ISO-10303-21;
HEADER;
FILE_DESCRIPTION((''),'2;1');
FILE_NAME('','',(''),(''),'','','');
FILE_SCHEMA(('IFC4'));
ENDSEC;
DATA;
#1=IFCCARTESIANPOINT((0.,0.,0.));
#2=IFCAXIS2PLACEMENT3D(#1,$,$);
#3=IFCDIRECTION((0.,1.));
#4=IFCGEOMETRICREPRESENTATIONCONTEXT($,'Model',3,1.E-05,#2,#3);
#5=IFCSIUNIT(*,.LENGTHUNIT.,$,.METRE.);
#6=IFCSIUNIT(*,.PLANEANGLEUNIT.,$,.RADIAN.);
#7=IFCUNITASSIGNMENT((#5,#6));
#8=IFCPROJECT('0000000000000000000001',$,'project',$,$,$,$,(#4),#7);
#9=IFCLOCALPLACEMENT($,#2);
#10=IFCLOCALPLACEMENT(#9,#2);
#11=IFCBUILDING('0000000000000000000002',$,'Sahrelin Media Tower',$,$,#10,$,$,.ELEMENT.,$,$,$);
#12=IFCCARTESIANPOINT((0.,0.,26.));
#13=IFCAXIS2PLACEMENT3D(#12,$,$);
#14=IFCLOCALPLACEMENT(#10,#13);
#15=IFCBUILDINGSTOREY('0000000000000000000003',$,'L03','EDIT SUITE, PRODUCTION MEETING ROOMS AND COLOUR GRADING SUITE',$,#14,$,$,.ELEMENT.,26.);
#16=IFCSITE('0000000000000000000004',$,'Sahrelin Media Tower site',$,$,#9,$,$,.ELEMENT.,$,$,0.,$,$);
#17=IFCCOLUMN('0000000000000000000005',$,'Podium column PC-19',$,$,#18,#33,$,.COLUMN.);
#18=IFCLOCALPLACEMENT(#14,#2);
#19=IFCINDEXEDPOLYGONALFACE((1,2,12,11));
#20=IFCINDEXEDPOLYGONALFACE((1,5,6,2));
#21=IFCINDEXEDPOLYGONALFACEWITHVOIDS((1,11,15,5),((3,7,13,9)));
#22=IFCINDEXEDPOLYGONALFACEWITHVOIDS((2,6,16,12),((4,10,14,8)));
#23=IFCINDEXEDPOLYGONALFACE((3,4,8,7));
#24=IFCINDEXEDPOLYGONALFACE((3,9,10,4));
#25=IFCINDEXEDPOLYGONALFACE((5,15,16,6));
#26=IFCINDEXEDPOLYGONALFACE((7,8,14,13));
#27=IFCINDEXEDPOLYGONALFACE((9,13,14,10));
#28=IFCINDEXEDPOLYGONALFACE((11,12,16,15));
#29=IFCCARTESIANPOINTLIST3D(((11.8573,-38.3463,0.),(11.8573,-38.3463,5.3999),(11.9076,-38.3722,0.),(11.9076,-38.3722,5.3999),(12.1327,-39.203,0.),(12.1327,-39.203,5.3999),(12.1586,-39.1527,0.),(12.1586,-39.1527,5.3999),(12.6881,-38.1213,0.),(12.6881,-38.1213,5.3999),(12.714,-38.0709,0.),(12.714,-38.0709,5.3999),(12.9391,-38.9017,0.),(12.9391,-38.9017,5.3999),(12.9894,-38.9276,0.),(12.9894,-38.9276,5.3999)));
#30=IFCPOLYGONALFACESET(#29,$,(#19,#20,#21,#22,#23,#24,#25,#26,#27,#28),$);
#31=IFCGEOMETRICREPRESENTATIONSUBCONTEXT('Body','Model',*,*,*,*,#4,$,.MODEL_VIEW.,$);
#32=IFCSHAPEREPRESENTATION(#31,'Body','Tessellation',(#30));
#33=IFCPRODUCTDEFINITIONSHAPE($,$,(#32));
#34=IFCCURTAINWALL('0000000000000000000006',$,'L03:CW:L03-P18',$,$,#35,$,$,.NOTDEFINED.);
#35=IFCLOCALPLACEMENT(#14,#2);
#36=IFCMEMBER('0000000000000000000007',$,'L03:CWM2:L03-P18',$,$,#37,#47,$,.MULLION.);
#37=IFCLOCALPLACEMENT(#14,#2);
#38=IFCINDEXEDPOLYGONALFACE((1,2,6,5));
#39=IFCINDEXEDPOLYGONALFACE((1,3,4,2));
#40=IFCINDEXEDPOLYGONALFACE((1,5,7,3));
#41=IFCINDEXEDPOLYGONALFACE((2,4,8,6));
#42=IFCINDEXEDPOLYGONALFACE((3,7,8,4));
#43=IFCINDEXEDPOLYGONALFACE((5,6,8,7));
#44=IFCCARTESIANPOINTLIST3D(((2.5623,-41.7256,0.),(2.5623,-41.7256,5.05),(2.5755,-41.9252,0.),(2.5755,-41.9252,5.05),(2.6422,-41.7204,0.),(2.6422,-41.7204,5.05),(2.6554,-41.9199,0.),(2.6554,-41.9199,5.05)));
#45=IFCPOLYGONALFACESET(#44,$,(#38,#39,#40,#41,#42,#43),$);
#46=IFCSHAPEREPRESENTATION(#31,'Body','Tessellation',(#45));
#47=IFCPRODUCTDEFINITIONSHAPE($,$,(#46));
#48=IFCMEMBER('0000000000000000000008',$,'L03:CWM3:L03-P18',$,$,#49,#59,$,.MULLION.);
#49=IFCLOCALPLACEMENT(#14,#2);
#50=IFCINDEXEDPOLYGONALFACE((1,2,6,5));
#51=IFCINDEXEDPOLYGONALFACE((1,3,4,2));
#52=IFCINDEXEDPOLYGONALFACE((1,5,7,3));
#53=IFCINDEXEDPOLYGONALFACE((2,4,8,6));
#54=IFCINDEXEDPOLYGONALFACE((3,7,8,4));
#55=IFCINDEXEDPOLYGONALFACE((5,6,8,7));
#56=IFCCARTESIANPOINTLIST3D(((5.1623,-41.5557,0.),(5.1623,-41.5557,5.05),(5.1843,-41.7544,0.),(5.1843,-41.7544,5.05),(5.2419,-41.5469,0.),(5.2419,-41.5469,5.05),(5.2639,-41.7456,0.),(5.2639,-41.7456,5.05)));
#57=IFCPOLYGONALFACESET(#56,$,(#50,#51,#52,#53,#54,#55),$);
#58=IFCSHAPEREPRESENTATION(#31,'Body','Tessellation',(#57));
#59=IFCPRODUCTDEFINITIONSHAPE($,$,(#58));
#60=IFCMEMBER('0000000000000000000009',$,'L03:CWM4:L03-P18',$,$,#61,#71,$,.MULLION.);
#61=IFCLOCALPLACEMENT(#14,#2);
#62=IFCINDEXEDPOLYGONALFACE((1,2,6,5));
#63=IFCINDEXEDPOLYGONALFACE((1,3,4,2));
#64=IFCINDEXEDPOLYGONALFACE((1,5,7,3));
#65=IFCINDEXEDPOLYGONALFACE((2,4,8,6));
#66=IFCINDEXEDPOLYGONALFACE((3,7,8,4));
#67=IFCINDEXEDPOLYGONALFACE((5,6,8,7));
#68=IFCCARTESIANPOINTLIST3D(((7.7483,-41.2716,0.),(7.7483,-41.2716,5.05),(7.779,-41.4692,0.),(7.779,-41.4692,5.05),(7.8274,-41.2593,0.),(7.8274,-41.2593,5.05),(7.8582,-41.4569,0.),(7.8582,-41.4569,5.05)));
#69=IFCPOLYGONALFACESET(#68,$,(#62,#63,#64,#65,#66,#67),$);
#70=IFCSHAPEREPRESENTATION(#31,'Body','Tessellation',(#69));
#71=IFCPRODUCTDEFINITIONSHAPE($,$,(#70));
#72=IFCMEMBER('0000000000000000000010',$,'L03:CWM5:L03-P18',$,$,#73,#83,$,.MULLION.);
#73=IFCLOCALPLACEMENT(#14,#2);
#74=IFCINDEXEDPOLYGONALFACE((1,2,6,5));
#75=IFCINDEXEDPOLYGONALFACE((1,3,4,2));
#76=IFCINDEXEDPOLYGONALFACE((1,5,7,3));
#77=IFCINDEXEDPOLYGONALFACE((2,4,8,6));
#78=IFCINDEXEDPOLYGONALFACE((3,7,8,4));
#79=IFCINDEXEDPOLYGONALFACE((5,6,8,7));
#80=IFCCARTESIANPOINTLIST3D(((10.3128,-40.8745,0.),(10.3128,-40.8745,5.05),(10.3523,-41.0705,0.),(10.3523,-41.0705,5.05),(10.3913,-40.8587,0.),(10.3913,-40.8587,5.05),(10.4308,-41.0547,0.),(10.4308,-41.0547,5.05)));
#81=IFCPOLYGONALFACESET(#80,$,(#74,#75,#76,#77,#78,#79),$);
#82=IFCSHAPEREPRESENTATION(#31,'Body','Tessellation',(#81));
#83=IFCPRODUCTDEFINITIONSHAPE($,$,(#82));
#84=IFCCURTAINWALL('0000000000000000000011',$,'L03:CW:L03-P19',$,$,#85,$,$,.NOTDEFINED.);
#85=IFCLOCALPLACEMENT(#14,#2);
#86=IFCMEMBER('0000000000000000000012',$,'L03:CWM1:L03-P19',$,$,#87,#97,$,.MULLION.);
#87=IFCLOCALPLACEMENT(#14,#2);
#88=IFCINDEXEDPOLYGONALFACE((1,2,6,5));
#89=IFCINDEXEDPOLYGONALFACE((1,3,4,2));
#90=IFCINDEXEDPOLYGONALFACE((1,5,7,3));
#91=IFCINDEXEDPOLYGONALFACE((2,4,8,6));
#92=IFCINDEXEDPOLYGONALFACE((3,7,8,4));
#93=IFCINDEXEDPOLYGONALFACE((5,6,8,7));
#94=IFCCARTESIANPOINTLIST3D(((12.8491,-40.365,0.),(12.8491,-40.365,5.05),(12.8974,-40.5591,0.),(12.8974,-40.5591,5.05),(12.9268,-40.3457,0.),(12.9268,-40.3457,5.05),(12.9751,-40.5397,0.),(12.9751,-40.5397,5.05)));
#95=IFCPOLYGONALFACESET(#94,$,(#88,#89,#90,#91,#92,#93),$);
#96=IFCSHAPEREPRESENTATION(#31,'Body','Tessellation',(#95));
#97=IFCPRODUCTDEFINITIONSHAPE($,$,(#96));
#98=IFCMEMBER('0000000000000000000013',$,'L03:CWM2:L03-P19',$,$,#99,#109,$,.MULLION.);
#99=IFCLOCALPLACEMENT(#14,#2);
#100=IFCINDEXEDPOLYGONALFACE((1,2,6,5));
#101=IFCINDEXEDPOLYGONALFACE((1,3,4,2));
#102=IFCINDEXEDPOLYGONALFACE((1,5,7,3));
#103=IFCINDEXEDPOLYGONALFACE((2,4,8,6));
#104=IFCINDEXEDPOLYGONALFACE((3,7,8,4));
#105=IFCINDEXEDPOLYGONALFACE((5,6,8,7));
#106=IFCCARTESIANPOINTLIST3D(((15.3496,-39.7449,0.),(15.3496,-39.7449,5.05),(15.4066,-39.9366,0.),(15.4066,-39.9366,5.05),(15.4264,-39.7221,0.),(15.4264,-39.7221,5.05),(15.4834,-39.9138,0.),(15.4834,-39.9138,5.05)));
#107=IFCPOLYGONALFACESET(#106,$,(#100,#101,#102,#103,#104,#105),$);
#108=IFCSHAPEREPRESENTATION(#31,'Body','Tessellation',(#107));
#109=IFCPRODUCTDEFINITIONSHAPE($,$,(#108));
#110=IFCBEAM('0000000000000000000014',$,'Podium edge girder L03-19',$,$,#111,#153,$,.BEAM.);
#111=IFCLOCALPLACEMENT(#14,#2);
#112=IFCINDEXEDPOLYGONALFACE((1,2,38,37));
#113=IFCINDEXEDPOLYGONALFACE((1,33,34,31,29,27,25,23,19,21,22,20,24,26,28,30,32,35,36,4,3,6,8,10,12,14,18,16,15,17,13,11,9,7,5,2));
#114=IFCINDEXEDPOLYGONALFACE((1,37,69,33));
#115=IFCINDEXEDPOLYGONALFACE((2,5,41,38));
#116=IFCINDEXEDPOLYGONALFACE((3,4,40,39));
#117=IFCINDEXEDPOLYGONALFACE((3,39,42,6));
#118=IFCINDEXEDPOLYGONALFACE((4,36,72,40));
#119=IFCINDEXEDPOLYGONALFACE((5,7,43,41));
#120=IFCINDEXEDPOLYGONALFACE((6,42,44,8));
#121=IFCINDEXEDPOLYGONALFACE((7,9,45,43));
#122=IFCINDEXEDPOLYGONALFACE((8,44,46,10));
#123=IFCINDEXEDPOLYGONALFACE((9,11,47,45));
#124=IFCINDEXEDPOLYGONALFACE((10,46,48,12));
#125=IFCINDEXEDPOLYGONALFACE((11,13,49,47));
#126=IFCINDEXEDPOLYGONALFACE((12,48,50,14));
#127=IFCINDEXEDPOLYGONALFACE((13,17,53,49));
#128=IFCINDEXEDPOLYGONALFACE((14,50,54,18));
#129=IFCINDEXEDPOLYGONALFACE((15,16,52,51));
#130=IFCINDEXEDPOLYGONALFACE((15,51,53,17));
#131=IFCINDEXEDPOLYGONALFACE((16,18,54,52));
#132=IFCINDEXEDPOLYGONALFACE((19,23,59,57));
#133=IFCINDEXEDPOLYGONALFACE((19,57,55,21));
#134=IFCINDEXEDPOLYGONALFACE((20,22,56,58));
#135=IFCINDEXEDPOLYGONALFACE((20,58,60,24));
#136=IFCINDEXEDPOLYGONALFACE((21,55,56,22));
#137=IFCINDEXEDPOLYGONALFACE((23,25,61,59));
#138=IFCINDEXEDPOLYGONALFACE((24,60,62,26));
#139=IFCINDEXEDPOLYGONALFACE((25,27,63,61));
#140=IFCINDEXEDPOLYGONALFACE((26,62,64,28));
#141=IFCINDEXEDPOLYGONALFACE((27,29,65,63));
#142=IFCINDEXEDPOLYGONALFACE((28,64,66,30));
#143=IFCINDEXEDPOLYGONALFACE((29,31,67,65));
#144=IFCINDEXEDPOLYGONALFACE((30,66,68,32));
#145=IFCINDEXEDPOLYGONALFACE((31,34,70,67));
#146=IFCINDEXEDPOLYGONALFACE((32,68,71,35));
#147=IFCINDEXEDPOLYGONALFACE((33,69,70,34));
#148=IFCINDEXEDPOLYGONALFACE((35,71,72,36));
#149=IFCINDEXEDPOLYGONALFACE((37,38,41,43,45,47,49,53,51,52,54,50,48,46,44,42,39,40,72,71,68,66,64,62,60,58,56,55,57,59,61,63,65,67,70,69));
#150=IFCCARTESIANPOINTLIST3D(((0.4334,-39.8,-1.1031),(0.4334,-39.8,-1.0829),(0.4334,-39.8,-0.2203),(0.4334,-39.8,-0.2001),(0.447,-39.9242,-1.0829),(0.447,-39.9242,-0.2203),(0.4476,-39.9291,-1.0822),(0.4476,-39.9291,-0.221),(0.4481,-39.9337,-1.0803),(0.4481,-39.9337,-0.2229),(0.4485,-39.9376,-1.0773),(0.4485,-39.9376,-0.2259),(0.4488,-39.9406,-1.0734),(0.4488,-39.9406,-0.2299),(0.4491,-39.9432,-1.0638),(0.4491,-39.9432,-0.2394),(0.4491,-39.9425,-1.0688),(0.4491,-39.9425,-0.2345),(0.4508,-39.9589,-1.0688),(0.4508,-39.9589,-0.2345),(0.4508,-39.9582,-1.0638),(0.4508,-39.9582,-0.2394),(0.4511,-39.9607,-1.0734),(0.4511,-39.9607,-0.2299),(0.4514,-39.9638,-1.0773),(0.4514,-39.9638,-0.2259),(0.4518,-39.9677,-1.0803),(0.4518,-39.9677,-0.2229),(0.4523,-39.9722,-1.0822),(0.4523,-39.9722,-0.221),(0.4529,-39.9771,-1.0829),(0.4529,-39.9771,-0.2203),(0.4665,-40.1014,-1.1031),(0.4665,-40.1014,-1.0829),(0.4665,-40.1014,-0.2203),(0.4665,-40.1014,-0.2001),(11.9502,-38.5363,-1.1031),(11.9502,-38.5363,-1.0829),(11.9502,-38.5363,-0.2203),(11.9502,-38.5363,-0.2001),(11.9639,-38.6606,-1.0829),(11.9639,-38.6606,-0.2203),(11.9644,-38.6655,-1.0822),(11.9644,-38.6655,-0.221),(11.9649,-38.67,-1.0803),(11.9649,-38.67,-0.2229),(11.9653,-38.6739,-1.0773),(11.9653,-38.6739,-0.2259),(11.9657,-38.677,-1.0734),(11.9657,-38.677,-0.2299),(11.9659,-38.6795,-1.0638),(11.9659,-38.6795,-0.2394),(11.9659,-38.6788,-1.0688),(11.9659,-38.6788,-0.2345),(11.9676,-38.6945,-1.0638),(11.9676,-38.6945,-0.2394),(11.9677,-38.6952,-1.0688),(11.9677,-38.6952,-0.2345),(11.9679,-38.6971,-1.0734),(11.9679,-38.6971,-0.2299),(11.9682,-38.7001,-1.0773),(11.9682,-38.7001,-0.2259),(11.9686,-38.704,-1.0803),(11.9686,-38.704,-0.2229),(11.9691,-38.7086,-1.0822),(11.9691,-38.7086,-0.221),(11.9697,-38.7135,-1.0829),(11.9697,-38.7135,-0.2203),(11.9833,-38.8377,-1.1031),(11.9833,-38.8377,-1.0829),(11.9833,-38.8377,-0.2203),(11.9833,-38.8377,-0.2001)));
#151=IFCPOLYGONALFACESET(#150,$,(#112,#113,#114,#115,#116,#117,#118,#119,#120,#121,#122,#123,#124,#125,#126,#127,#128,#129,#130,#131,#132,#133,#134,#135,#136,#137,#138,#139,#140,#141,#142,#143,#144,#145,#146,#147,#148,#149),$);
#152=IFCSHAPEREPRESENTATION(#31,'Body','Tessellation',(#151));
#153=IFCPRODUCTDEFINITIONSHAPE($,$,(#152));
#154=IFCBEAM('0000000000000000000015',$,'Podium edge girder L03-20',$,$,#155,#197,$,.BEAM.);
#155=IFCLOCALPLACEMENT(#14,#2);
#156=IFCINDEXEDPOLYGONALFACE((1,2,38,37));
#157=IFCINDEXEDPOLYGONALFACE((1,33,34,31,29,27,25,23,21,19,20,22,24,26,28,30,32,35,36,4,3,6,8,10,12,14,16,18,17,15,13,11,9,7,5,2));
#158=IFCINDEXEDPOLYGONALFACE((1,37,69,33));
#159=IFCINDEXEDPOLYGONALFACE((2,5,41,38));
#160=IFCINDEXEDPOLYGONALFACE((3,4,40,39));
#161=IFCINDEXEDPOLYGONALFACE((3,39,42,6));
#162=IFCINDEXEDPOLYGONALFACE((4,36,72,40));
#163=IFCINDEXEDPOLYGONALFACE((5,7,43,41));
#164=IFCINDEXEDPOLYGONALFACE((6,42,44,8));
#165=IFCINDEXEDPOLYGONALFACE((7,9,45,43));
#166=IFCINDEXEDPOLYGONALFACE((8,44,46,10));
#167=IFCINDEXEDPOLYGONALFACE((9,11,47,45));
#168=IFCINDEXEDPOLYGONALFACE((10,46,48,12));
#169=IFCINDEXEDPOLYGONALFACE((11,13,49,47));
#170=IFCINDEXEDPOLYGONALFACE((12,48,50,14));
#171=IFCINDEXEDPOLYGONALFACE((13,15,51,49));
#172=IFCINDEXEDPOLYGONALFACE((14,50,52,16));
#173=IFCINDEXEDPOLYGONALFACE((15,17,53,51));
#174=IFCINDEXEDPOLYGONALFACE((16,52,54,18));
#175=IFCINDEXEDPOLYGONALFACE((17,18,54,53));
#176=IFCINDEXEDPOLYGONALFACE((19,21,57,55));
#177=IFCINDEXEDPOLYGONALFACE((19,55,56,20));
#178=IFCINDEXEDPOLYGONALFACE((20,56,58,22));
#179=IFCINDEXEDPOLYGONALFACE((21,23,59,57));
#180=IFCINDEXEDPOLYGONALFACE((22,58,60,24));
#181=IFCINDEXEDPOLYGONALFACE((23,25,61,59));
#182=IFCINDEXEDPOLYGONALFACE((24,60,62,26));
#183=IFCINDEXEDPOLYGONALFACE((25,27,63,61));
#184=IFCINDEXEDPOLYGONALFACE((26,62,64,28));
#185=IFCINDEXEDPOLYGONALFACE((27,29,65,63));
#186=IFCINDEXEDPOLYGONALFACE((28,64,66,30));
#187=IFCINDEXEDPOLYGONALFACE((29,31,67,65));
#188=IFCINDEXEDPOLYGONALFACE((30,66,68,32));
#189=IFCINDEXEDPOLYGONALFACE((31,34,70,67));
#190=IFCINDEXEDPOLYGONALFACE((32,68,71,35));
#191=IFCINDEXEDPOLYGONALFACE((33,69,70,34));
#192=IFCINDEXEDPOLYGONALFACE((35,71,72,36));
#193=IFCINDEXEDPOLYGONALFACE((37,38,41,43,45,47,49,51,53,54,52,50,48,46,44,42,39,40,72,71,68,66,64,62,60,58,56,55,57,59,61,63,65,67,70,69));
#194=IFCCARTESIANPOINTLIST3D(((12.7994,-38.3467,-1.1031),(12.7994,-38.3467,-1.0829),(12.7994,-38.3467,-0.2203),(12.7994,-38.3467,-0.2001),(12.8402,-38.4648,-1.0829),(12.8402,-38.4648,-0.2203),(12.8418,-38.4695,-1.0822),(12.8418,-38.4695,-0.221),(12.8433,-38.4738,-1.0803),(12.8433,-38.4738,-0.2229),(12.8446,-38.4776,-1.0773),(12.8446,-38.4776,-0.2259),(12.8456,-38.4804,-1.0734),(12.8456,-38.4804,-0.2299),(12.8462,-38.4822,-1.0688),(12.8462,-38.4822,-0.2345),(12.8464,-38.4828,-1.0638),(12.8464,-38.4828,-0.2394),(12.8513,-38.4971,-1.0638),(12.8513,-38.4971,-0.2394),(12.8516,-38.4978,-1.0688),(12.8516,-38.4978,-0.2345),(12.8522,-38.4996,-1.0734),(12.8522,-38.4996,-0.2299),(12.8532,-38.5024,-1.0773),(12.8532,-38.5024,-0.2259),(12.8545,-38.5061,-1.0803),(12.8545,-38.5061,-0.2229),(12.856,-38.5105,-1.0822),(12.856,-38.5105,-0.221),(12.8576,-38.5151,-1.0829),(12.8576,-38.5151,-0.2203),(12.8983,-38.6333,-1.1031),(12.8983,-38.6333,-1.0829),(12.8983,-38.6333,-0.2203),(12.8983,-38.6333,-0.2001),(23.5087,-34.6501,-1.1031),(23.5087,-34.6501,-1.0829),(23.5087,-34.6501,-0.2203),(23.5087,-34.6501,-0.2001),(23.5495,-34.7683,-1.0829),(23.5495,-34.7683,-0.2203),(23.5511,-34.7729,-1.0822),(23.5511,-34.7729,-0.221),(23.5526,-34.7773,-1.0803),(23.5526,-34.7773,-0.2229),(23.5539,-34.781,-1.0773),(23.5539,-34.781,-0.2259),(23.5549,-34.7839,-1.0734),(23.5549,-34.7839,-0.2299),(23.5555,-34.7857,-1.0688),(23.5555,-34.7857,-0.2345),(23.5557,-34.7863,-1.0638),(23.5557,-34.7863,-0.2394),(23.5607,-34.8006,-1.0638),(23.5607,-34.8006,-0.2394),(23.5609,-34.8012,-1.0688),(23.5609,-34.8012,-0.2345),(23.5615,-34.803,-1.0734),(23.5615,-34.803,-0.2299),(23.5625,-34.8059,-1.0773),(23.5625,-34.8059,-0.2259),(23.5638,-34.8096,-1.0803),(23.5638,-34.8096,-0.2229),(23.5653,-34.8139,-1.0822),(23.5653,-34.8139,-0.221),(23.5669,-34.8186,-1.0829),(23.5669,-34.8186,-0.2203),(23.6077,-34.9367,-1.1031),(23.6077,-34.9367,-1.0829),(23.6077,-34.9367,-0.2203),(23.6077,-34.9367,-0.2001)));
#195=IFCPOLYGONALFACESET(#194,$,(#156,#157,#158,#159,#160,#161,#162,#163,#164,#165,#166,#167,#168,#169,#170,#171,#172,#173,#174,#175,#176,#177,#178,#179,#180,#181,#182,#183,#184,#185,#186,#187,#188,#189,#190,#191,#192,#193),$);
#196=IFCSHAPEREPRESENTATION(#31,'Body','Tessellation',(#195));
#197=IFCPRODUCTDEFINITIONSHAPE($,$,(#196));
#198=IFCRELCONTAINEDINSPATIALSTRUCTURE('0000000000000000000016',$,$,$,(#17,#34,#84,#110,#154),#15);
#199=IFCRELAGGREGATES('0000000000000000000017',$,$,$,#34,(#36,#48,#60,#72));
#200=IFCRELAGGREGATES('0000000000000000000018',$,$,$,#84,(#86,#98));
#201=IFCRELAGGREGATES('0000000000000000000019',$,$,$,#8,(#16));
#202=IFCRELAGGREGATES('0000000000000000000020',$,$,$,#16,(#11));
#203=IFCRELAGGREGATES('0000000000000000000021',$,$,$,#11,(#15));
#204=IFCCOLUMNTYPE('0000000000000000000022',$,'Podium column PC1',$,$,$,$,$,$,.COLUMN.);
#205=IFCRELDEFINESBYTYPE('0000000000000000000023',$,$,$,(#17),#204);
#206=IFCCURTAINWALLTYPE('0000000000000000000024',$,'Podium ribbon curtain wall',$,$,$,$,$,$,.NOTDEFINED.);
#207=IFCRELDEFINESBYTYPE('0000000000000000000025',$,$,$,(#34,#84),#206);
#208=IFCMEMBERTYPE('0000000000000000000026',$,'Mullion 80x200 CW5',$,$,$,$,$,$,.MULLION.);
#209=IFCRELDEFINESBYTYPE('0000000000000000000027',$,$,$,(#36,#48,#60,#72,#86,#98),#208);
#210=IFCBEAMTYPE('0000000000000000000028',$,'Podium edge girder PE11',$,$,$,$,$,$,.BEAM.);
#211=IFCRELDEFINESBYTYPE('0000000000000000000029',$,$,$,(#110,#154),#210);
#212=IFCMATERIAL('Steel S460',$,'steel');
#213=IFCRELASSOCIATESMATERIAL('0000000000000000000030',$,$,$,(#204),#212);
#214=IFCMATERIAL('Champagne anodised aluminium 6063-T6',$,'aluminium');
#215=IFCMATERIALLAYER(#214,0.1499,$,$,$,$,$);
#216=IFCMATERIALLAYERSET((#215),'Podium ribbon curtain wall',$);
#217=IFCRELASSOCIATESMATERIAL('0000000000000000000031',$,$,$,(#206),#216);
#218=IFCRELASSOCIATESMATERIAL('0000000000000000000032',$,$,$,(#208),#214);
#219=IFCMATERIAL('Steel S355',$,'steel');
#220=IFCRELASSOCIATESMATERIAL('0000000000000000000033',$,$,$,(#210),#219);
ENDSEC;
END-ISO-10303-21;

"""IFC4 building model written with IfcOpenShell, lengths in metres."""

from ifc_helpers import new_model, si_unit, direction, frame, origin, origin_2d, place, context, subcontext, project, spatial, rectangle, hollow_rectangle, i_section, extrude, material, layer, layer_set, material_profile, profile_set, type_object, element, aggregate, save


model = new_model("IFC4")

# Units and contexts
model_context = context("Model", 3, precision=1e-05, world=origin(), true_north=direction((0.0, 1.0)))
body_context = subcontext(model_context, "Body", "Model", "MODEL_VIEW")
ifc_project = project(units=[si_unit("LENGTHUNIT", "METRE"), si_unit("PLANEANGLEUNIT", "RADIAN")], contexts=[model_context])

# Site, building, storey
site_placement = place(None, origin())
site = spatial("IfcSite", under=ifc_project, at=site_placement, Name="Sahrelin Media Tower site", CompositionType="ELEMENT", RefElevation=0.0)
building_placement = place(site_placement, origin())
building = spatial("IfcBuilding", under=site, at=building_placement, Name="Sahrelin Media Tower", CompositionType="ELEMENT")
storey_placement = place(building_placement, frame((0.0, 0.0, 26.0)))
storey = spatial("IfcBuildingStorey", under=building, at=storey_placement, Name="L03", Description="EDIT SUITE, PRODUCTION MEETING ROOMS AND COLOUR GRADING SUITE", CompositionType="ELEMENT", Elevation=26.0)

# Column
ifc_material_1 = material(Name="Steel S460", Category="steel")
ifc_material_profile_1 = material_profile(ifc_material_1, hollow_rectangle(XDim=0.8999, YDim=0.8999, WallThickness=0.04, at=origin_2d()), Name="Podium column PC1")
ifc_profile_set_1 = profile_set([ifc_material_profile_1], Name="Steel S460")
column_type = type_object("IfcColumnType", Name="Podium column PC1", PredefinedType="COLUMN", material=ifc_profile_set_1)
column_placement = place(storey_placement, frame((12.4233, -38.637, 0.0), z_axis=(0.0, 0.0, 1.0), x_axis=(0.306104, -0.951998, 0.0)))
element("IfcColumn", 1, at=column_placement, inside=storey, type_object=column_type, Name="Podium column PC-19", PredefinedType="COLUMN", context=body_context, shape_type="SweptSolid", body=[
    extrude(hollow_rectangle(XDim=0.8999, YDim=0.8999, WallThickness=0.04, at=origin_2d()), origin(), (0.0, 0.0, 1.0), 5.3999),
])

# Curtain walls, members
ifc_material_2 = material(Name="Champagne anodised aluminium 6063-T6", Category="aluminium")
ifc_layer_1 = layer(ifc_material_2, 0.1499)
ifc_layer_set_1 = layer_set([ifc_layer_1], Name="Podium ribbon curtain wall")
curtain_wall_type = type_object("IfcCurtainWallType", Name="Podium ribbon curtain wall", PredefinedType="NOTDEFINED", material=ifc_layer_set_1)
curtain_wall_1_placement = place(storey_placement, frame((0.0, -42.0, 0.0), z_axis=(0.0, 0.0, 1.0), x_axis=(1.0, 0.0, 0.0)))
curtain_wall_1 = element("IfcCurtainWall", 2, at=curtain_wall_1_placement, inside=storey, type_object=curtain_wall_type, Name="L03:CW:L03-P18", PredefinedType="NOTDEFINED")
ifc_material_profile_2 = material_profile(ifc_material_2, rectangle(XDim=0.0801, YDim=0.2, at=origin_2d()), Name="Mullion 80x200")
ifc_profile_set_2 = profile_set([ifc_material_profile_2], Name="Champagne anodised aluminium 6063-T6")
member_type_1 = type_object("IfcMemberType", Name="Mullion 80x200 CW5", PredefinedType="MULLION", material=ifc_profile_set_2)
member_1_placement = place(storey_placement, frame((2.6089, -41.8228, 0.0), z_axis=(0.0, 0.0, 1.0), x_axis=(0.997822, 0.065959, 0.0)))
member_1 = element("IfcMember", 3, at=member_1_placement, type_object=member_type_1, Name="L03:CWM2:L03-P18", PredefinedType="MULLION", context=body_context, shape_type="SweptSolid", body=[
    extrude(rectangle(XDim=0.0801, YDim=0.2, at=origin_2d()), origin(), (0.0, 0.0, 1.0), 5.05),
])
member_2_placement = place(storey_placement, frame((5.2131, -41.6506, 0.0), z_axis=(0.0, 0.0, 1.0), x_axis=(0.993941, 0.109915, 0.0)))
member_2 = element("IfcMember", 4, at=member_2_placement, type_object=member_type_1, Name="L03:CWM3:L03-P18", PredefinedType="MULLION", context=body_context, shape_type="SweptSolid", body=[
    extrude(rectangle(XDim=0.0801, YDim=0.2, at=origin_2d()), origin(), (0.0, 0.0, 1.0), 5.05),
])
member_3_placement = place(storey_placement, frame((7.8032, -41.3643, 0.0), z_axis=(0.0, 0.0, 1.0), x_axis=(0.988098, 0.153826, 0.0)))
member_3 = element("IfcMember", 5, at=member_3_placement, type_object=member_type_1, Name="L03:CWM4:L03-P18", PredefinedType="MULLION", context=body_context, shape_type="SweptSolid", body=[
    extrude(rectangle(XDim=0.0801, YDim=0.2, at=origin_2d()), origin(), (0.0, 0.0, 1.0), 5.05),
])
member_4_placement = place(storey_placement, frame((10.3718, -40.9646, 0.0), z_axis=(0.0, 0.0, 1.0), x_axis=(0.980267, 0.197678, 0.0)))
member_4 = element("IfcMember", 6, at=member_4_placement, type_object=member_type_1, Name="L03:CWM5:L03-P18", PredefinedType="MULLION", context=body_context, shape_type="SweptSolid", body=[
    extrude(rectangle(XDim=0.0801, YDim=0.2, at=origin_2d()), origin(), (0.0, 0.0, 1.0), 5.05),
])
curtain_wall_2_placement = place(storey_placement, frame((12.9409, -40.5688, 0.0), z_axis=(0.0, 0.0, 1.0), x_axis=(1.0, 0.0, 0.0)))
curtain_wall_2 = element("IfcCurtainWall", 7, at=curtain_wall_2_placement, inside=storey, type_object=curtain_wall_type, Name="L03:CW:L03-P19", PredefinedType="NOTDEFINED")
member_5_placement = place(storey_placement, frame((12.9121, -40.4524, 0.0), z_axis=(0.0, 0.0, 1.0), x_axis=(0.97041, 0.241461, 0.0)))
member_5 = element("IfcMember", 8, at=member_5_placement, type_object=member_type_1, Name="L03:CWM1:L03-P19", PredefinedType="MULLION", context=body_context, shape_type="SweptSolid", body=[
    extrude(rectangle(XDim=0.0801, YDim=0.2, at=origin_2d()), origin(), (0.0, 0.0, 1.0), 5.05),
])
member_6_placement = place(storey_placement, frame((15.4165, -39.8293, 0.0), z_axis=(0.0, 0.0, 1.0), x_axis=(0.958495, 0.28511, 0.0)))
member_6 = element("IfcMember", 9, at=member_6_placement, type_object=member_type_1, Name="L03:CWM2:L03-P19", PredefinedType="MULLION", context=body_context, shape_type="SweptSolid", body=[
    extrude(rectangle(XDim=0.0801, YDim=0.2, at=origin_2d()), origin(), (0.0, 0.0, 1.0), 5.05),
])

# Beams
ifc_material_3 = material(Name="Steel S355", Category="steel")
ifc_material_profile_3 = material_profile(ifc_material_3, i_section(OverallWidth=0.3032, OverallDepth=0.9031, WebThickness=0.0151, FlangeThickness=0.0203, FilletRadius=0.019, at=origin_2d()), Name="UB 914x305x201")
ifc_profile_set_3 = profile_set([ifc_material_profile_3], Name="Steel S355")
beam_type = type_object("IfcBeamType", Name="Podium edge girder PE11", PredefinedType="BEAM", material=ifc_profile_set_3)
beam_1_placement = place(storey_placement, frame((0.45, -39.9507, -0.6516), z_axis=(0.994034, 0.109069, 0.0), x_axis=(-0.109069, 0.994034, 0.0)))
element("IfcBeam", 10, at=beam_1_placement, inside=storey, type_object=beam_type, Name="Podium edge girder L03-19", PredefinedType="BEAM", context=body_context, shape_type="SweptSolid", body=[
    extrude(i_section(OverallWidth=0.3032, OverallDepth=0.9031, WebThickness=0.0151, FlangeThickness=0.0203, FilletRadius=0.019, at=origin_2d()), origin(), (0.0, 0.0, 1.0), 11.5859),
])
beam_2_placement = place(storey_placement, frame((12.8489, -38.49, -0.6516), z_axis=(0.945272, 0.326282, 0.0), x_axis=(-0.326282, 0.945272, 0.0)))
element("IfcBeam", 11, at=beam_2_placement, inside=storey, type_object=beam_type, Name="Podium edge girder L03-20", PredefinedType="BEAM", context=body_context, shape_type="SweptSolid", body=[
    extrude(i_section(OverallWidth=0.3032, OverallDepth=0.9031, WebThickness=0.0151, FlangeThickness=0.0203, FilletRadius=0.019, at=origin_2d()), origin(), (0.0, 0.0, 1.0), 11.3293),
])

aggregate(curtain_wall_1, [member_1, member_2, member_3, member_4])
aggregate(curtain_wall_2, [member_5, member_6])

save(model, "model.ifc")
